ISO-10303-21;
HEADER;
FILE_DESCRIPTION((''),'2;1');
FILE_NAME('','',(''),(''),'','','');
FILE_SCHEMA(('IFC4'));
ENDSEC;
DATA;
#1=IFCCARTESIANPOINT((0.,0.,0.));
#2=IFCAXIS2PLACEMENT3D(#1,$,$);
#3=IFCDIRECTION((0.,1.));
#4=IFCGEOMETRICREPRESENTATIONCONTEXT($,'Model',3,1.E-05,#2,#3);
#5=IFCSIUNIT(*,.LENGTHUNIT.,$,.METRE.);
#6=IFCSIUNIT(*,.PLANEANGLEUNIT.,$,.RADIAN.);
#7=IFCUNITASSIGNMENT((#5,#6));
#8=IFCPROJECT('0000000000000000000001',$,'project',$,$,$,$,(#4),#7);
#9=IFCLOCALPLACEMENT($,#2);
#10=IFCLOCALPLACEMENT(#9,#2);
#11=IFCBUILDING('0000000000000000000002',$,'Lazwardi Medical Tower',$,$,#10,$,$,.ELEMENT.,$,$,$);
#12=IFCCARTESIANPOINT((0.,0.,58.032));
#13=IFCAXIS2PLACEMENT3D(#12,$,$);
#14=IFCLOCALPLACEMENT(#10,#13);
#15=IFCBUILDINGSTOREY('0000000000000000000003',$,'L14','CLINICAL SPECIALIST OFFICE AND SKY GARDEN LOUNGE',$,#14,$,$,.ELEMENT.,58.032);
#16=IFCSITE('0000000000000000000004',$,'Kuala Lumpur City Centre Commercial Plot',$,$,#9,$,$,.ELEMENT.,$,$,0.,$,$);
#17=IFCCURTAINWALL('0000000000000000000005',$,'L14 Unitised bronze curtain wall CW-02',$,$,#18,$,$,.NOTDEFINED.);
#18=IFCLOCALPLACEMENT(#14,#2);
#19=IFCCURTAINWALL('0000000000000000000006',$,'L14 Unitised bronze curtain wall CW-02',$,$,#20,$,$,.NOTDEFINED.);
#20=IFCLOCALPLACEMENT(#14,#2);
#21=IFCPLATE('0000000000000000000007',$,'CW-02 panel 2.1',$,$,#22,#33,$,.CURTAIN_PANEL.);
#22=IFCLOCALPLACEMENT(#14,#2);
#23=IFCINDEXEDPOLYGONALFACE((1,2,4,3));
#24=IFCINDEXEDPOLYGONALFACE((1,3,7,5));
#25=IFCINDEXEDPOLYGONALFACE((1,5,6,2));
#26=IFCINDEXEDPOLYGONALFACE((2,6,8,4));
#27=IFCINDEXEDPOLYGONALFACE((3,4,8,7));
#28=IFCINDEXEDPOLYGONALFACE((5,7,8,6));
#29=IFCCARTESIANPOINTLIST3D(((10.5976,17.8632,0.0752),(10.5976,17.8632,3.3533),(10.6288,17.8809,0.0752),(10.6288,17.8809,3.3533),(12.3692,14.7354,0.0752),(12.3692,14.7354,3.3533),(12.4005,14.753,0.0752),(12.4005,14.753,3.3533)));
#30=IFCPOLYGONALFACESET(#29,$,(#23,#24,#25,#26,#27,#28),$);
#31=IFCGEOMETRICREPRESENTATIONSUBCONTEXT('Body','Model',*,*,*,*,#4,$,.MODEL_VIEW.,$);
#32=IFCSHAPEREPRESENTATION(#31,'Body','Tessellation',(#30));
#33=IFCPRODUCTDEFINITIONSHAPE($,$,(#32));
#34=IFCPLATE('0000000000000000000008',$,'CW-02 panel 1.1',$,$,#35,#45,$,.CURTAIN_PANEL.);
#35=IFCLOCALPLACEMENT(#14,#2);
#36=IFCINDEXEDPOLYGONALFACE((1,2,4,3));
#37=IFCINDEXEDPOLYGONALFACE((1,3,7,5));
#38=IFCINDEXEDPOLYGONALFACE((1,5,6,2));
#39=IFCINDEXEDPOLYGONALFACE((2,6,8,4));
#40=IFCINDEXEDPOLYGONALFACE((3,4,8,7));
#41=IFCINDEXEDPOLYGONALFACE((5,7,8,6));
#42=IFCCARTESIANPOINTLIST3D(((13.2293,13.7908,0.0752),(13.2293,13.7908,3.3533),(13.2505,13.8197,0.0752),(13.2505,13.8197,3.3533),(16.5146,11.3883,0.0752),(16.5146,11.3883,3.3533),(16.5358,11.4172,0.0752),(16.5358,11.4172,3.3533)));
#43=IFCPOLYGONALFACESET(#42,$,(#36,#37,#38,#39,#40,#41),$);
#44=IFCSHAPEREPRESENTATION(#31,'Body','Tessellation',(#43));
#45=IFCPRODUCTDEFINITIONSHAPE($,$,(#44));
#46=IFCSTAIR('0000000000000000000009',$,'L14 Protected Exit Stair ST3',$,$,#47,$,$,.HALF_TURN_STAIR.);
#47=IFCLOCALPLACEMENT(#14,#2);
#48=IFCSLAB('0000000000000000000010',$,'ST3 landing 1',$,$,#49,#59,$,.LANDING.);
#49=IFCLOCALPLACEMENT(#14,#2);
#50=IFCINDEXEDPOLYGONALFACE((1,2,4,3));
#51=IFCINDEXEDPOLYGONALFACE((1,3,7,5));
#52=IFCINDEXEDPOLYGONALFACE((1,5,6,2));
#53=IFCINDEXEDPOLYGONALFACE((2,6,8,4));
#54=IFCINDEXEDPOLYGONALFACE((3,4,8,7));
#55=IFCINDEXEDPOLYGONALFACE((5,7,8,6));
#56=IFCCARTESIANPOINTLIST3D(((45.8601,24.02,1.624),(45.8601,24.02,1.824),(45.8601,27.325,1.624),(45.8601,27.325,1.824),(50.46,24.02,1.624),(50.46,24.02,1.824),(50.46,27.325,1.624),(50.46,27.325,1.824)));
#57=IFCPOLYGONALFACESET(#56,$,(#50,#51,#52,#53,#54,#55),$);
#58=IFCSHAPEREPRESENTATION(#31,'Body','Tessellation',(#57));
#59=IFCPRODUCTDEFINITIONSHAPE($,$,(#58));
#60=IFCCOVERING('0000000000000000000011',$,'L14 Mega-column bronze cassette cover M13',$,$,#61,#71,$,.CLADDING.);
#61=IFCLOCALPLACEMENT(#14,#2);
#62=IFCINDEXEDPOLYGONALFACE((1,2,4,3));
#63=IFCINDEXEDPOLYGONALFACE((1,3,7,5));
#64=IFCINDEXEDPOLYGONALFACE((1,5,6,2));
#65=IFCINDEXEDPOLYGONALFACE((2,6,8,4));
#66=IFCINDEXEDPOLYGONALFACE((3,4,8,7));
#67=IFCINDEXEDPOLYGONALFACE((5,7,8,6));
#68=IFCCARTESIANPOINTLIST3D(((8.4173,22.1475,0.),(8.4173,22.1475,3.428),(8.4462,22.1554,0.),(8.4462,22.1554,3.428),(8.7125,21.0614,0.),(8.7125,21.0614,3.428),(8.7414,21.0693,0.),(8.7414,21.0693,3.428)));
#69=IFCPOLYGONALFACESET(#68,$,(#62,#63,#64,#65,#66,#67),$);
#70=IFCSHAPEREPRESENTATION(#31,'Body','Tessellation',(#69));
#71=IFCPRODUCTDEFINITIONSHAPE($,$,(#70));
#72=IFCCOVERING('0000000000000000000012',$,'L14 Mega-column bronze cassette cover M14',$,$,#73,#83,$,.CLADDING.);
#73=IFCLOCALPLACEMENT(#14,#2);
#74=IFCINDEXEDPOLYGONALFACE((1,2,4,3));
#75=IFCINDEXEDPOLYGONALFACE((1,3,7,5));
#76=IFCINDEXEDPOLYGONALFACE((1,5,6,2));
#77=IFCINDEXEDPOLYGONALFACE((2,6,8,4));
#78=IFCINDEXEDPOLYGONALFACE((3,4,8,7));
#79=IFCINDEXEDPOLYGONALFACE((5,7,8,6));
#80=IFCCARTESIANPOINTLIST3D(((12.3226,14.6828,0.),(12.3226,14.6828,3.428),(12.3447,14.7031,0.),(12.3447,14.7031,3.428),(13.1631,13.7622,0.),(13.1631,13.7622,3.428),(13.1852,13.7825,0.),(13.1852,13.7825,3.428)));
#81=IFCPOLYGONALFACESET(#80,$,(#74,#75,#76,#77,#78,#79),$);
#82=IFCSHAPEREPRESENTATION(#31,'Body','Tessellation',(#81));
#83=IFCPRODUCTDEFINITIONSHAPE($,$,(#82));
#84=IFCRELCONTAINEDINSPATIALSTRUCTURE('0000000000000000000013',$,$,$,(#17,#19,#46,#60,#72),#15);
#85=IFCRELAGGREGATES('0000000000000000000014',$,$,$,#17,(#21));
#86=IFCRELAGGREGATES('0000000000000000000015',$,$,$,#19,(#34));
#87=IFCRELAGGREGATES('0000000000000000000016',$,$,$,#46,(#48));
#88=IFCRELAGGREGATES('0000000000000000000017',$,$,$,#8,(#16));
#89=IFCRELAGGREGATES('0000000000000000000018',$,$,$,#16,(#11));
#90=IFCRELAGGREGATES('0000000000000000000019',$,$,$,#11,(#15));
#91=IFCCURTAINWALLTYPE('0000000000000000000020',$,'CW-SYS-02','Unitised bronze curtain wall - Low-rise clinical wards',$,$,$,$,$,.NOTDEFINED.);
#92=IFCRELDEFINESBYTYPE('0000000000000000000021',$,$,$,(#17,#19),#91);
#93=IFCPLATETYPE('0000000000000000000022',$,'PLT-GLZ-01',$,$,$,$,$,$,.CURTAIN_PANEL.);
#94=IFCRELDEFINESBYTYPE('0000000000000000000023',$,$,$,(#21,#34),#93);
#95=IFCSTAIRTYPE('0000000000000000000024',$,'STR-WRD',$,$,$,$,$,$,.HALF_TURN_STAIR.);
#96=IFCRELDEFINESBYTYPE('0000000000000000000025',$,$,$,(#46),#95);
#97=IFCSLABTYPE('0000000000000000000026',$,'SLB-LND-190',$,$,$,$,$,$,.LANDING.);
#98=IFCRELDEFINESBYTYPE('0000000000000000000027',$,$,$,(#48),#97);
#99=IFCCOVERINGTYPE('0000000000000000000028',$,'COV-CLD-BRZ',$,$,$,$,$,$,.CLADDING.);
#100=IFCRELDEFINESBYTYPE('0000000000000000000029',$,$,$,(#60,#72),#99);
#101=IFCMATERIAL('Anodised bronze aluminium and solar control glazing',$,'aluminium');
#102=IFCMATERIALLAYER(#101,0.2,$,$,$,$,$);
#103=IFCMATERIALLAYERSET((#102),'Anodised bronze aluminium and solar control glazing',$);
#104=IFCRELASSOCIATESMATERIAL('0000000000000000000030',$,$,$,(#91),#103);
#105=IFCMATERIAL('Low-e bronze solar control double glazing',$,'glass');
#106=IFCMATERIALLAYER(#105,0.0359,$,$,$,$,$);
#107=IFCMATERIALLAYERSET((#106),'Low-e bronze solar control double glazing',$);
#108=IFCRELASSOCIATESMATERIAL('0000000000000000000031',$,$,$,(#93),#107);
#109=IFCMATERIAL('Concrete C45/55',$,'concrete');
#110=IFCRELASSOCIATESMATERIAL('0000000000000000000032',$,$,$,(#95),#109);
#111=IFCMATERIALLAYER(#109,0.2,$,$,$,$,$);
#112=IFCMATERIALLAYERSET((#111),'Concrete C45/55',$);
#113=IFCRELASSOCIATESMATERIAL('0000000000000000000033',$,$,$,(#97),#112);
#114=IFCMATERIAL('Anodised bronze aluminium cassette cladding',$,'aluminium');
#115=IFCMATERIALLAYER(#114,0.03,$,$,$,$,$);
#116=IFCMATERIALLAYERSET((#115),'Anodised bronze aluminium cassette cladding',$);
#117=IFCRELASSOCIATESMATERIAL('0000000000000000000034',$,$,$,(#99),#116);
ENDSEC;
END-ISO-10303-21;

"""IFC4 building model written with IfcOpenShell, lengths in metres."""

from ifc_helpers import new_model, si_unit, direction, frame, origin, origin_2d, place, context, subcontext, project, spatial, polyline, rectangle, outline, extrude, material, layer, layer_set, type_object, element, aggregate, save


model = new_model("IFC4")

# Units and contexts
model_context = context("Model", 3, precision=1e-05, world=origin(), true_north=direction((0.0, 1.0)))
body_context = subcontext(model_context, "Body", "Model", "MODEL_VIEW")
ifc_project = project(units=[si_unit("LENGTHUNIT", "METRE"), si_unit("PLANEANGLEUNIT", "RADIAN")], contexts=[model_context])

# Site, building, storey
site_placement = place(None, origin())
site = spatial("IfcSite", under=ifc_project, at=site_placement, Name="Kuala Lumpur City Centre Commercial Plot", CompositionType="ELEMENT", RefElevation=0.0)
building_placement = place(site_placement, origin())
building = spatial("IfcBuilding", under=site, at=building_placement, Name="Lazwardi Medical Tower", CompositionType="ELEMENT")
storey_placement = place(building_placement, frame((0.0, 0.0, 58.032)))
storey = spatial("IfcBuildingStorey", under=building, at=storey_placement, Name="L14", Description="CLINICAL SPECIALIST OFFICE AND SKY GARDEN LOUNGE", CompositionType="ELEMENT", Elevation=58.032)

# Curtain wall
ifc_material_1 = material(Name="Anodised bronze aluminium and solar control glazing", Category="aluminium")
ifc_layer_1 = layer(ifc_material_1, 0.2)
ifc_layer_set_1 = layer_set([ifc_layer_1], Name="Anodised bronze aluminium and solar control glazing")
curtain_wall_type = type_object("IfcCurtainWallType", Name="CW-SYS-02", Description="Unitised bronze curtain wall - Low-rise clinical wards", PredefinedType="NOTDEFINED", material=ifc_layer_set_1)
curtain_wall_1_placement = place(storey_placement, origin())
curtain_wall_1 = element("IfcCurtainWall", 1, at=curtain_wall_1_placement, inside=storey, type_object=curtain_wall_type, Name="L14 Unitised bronze curtain wall CW-02", PredefinedType="NOTDEFINED")

# Curtain wall
curtain_wall_2_placement = place(storey_placement, origin())
curtain_wall_2 = element("IfcCurtainWall", 2, at=curtain_wall_2_placement, inside=storey, type_object=curtain_wall_type, Name="L14 Unitised bronze curtain wall CW-02", PredefinedType="NOTDEFINED")

# Plates
ifc_material_2 = material(Name="Low-e bronze solar control double glazing", Category="glass")
ifc_layer_2 = layer(ifc_material_2, 0.0359)
ifc_layer_set_2 = layer_set([ifc_layer_2], Name="Low-e bronze solar control double glazing")
plate_type = type_object("IfcPlateType", Name="PLT-GLZ-01", PredefinedType="CURTAIN_PANEL", material=ifc_layer_set_2)
plate_1_placement = place(storey_placement, frame((11.499, 16.3081, 0.0752), z_axis=(0.0, 0.0, 1.0), x_axis=(0.492854, -0.870112, 0.0)))
plate_1 = element("IfcPlate", 3, at=plate_1_placement, type_object=plate_type, Name="CW-02 panel 2.1", PredefinedType="CURTAIN_PANEL", context=body_context, shape_type="SweptSolid", body=[
    extrude(rectangle(XDim=3.5947, YDim=0.0359, at=origin_2d()), origin(), (0.0, 0.0, 1.0), 3.2781),
])
aggregate(curtain_wall_1, [plate_1])
plate_2_placement = place(storey_placement, frame((14.8826, 12.604, 0.0752), z_axis=(0.0, 0.0, 1.0), x_axis=(0.807192, -0.590289, 0.0)))
plate_2 = element("IfcPlate", 4, at=plate_2_placement, type_object=plate_type, Name="CW-02 panel 1.1", PredefinedType="CURTAIN_PANEL", context=body_context, shape_type="SweptSolid", body=[
    extrude(rectangle(XDim=4.0701, YDim=0.0359, at=origin_2d()), origin(), (0.0, 0.0, 1.0), 3.2781),
])
aggregate(curtain_wall_2, [plate_2])

# Stair, slab
ifc_material_3 = material(Name="Concrete C45/55", Category="concrete")
stair_type = type_object("IfcStairType", Name="STR-WRD", PredefinedType="HALF_TURN_STAIR", material=ifc_material_3)
stair_placement = place(storey_placement, origin())
stair = element("IfcStair", 5, at=stair_placement, inside=storey, type_object=stair_type, Name="L14 Protected Exit Stair ST3", PredefinedType="HALF_TURN_STAIR")
ifc_layer_3 = layer(ifc_material_3, 0.2)
ifc_layer_set_3 = layer_set([ifc_layer_3], Name="Concrete C45/55")
slab_type = type_object("IfcSlabType", Name="SLB-LND-190", PredefinedType="LANDING", material=ifc_layer_set_3)
slab_placement = place(storey_placement, frame((0.0, 0.0, 1.624)))
slab = element("IfcSlab", 6, at=slab_placement, type_object=slab_type, Name="ST3 landing 1", PredefinedType="LANDING", context=body_context, shape_type="SweptSolid", body=[
    extrude(outline(polyline([(45.8601, 27.325), (45.8601, 24.02), (50.46, 24.02), (50.46, 27.325), (45.8601, 27.325)])), origin(), (0.0, 0.0, 1.0), 0.2),
])
aggregate(stair, [slab])

# Coverings
ifc_material_4 = material(Name="Anodised bronze aluminium cassette cladding", Category="aluminium")
ifc_layer_4 = layer(ifc_material_4, 0.03)
ifc_layer_set_4 = layer_set([ifc_layer_4], Name="Anodised bronze aluminium cassette cladding")
covering_type = type_object("IfcCoveringType", Name="COV-CLD-BRZ", PredefinedType="CLADDING", material=ifc_layer_set_4)
covering_1_placement = place(storey_placement, frame((8.5793, 21.6084, 0.0), z_axis=(0.0, 0.0, 1.0), x_axis=(0.262283, -0.964991, 0.0)))
element("IfcCovering", 7, at=covering_1_placement, inside=storey, type_object=covering_type, Name="L14 Mega-column bronze cassette cover M13", PredefinedType="CLADDING", context=body_context, shape_type="SweptSolid", body=[
    extrude(rectangle(XDim=1.1255, YDim=0.03, at=origin_2d()), origin(), (0.0, 0.0, 1.0), 3.428),
])
covering_2_placement = place(storey_placement, frame((12.7539, 14.2327, 0.0), z_axis=(0.0, 0.0, 1.0), x_axis=(0.674252, -0.738501, 0.0)))
element("IfcCovering", 8, at=covering_2_placement, inside=storey, type_object=covering_type, Name="L14 Mega-column bronze cassette cover M14", PredefinedType="CLADDING", context=body_context, shape_type="SweptSolid", body=[
    extrude(rectangle(XDim=1.2466, YDim=0.03, at=origin_2d()), origin(), (0.0, 0.0, 1.0), 3.428),
])

save(model, "model.ifc")
